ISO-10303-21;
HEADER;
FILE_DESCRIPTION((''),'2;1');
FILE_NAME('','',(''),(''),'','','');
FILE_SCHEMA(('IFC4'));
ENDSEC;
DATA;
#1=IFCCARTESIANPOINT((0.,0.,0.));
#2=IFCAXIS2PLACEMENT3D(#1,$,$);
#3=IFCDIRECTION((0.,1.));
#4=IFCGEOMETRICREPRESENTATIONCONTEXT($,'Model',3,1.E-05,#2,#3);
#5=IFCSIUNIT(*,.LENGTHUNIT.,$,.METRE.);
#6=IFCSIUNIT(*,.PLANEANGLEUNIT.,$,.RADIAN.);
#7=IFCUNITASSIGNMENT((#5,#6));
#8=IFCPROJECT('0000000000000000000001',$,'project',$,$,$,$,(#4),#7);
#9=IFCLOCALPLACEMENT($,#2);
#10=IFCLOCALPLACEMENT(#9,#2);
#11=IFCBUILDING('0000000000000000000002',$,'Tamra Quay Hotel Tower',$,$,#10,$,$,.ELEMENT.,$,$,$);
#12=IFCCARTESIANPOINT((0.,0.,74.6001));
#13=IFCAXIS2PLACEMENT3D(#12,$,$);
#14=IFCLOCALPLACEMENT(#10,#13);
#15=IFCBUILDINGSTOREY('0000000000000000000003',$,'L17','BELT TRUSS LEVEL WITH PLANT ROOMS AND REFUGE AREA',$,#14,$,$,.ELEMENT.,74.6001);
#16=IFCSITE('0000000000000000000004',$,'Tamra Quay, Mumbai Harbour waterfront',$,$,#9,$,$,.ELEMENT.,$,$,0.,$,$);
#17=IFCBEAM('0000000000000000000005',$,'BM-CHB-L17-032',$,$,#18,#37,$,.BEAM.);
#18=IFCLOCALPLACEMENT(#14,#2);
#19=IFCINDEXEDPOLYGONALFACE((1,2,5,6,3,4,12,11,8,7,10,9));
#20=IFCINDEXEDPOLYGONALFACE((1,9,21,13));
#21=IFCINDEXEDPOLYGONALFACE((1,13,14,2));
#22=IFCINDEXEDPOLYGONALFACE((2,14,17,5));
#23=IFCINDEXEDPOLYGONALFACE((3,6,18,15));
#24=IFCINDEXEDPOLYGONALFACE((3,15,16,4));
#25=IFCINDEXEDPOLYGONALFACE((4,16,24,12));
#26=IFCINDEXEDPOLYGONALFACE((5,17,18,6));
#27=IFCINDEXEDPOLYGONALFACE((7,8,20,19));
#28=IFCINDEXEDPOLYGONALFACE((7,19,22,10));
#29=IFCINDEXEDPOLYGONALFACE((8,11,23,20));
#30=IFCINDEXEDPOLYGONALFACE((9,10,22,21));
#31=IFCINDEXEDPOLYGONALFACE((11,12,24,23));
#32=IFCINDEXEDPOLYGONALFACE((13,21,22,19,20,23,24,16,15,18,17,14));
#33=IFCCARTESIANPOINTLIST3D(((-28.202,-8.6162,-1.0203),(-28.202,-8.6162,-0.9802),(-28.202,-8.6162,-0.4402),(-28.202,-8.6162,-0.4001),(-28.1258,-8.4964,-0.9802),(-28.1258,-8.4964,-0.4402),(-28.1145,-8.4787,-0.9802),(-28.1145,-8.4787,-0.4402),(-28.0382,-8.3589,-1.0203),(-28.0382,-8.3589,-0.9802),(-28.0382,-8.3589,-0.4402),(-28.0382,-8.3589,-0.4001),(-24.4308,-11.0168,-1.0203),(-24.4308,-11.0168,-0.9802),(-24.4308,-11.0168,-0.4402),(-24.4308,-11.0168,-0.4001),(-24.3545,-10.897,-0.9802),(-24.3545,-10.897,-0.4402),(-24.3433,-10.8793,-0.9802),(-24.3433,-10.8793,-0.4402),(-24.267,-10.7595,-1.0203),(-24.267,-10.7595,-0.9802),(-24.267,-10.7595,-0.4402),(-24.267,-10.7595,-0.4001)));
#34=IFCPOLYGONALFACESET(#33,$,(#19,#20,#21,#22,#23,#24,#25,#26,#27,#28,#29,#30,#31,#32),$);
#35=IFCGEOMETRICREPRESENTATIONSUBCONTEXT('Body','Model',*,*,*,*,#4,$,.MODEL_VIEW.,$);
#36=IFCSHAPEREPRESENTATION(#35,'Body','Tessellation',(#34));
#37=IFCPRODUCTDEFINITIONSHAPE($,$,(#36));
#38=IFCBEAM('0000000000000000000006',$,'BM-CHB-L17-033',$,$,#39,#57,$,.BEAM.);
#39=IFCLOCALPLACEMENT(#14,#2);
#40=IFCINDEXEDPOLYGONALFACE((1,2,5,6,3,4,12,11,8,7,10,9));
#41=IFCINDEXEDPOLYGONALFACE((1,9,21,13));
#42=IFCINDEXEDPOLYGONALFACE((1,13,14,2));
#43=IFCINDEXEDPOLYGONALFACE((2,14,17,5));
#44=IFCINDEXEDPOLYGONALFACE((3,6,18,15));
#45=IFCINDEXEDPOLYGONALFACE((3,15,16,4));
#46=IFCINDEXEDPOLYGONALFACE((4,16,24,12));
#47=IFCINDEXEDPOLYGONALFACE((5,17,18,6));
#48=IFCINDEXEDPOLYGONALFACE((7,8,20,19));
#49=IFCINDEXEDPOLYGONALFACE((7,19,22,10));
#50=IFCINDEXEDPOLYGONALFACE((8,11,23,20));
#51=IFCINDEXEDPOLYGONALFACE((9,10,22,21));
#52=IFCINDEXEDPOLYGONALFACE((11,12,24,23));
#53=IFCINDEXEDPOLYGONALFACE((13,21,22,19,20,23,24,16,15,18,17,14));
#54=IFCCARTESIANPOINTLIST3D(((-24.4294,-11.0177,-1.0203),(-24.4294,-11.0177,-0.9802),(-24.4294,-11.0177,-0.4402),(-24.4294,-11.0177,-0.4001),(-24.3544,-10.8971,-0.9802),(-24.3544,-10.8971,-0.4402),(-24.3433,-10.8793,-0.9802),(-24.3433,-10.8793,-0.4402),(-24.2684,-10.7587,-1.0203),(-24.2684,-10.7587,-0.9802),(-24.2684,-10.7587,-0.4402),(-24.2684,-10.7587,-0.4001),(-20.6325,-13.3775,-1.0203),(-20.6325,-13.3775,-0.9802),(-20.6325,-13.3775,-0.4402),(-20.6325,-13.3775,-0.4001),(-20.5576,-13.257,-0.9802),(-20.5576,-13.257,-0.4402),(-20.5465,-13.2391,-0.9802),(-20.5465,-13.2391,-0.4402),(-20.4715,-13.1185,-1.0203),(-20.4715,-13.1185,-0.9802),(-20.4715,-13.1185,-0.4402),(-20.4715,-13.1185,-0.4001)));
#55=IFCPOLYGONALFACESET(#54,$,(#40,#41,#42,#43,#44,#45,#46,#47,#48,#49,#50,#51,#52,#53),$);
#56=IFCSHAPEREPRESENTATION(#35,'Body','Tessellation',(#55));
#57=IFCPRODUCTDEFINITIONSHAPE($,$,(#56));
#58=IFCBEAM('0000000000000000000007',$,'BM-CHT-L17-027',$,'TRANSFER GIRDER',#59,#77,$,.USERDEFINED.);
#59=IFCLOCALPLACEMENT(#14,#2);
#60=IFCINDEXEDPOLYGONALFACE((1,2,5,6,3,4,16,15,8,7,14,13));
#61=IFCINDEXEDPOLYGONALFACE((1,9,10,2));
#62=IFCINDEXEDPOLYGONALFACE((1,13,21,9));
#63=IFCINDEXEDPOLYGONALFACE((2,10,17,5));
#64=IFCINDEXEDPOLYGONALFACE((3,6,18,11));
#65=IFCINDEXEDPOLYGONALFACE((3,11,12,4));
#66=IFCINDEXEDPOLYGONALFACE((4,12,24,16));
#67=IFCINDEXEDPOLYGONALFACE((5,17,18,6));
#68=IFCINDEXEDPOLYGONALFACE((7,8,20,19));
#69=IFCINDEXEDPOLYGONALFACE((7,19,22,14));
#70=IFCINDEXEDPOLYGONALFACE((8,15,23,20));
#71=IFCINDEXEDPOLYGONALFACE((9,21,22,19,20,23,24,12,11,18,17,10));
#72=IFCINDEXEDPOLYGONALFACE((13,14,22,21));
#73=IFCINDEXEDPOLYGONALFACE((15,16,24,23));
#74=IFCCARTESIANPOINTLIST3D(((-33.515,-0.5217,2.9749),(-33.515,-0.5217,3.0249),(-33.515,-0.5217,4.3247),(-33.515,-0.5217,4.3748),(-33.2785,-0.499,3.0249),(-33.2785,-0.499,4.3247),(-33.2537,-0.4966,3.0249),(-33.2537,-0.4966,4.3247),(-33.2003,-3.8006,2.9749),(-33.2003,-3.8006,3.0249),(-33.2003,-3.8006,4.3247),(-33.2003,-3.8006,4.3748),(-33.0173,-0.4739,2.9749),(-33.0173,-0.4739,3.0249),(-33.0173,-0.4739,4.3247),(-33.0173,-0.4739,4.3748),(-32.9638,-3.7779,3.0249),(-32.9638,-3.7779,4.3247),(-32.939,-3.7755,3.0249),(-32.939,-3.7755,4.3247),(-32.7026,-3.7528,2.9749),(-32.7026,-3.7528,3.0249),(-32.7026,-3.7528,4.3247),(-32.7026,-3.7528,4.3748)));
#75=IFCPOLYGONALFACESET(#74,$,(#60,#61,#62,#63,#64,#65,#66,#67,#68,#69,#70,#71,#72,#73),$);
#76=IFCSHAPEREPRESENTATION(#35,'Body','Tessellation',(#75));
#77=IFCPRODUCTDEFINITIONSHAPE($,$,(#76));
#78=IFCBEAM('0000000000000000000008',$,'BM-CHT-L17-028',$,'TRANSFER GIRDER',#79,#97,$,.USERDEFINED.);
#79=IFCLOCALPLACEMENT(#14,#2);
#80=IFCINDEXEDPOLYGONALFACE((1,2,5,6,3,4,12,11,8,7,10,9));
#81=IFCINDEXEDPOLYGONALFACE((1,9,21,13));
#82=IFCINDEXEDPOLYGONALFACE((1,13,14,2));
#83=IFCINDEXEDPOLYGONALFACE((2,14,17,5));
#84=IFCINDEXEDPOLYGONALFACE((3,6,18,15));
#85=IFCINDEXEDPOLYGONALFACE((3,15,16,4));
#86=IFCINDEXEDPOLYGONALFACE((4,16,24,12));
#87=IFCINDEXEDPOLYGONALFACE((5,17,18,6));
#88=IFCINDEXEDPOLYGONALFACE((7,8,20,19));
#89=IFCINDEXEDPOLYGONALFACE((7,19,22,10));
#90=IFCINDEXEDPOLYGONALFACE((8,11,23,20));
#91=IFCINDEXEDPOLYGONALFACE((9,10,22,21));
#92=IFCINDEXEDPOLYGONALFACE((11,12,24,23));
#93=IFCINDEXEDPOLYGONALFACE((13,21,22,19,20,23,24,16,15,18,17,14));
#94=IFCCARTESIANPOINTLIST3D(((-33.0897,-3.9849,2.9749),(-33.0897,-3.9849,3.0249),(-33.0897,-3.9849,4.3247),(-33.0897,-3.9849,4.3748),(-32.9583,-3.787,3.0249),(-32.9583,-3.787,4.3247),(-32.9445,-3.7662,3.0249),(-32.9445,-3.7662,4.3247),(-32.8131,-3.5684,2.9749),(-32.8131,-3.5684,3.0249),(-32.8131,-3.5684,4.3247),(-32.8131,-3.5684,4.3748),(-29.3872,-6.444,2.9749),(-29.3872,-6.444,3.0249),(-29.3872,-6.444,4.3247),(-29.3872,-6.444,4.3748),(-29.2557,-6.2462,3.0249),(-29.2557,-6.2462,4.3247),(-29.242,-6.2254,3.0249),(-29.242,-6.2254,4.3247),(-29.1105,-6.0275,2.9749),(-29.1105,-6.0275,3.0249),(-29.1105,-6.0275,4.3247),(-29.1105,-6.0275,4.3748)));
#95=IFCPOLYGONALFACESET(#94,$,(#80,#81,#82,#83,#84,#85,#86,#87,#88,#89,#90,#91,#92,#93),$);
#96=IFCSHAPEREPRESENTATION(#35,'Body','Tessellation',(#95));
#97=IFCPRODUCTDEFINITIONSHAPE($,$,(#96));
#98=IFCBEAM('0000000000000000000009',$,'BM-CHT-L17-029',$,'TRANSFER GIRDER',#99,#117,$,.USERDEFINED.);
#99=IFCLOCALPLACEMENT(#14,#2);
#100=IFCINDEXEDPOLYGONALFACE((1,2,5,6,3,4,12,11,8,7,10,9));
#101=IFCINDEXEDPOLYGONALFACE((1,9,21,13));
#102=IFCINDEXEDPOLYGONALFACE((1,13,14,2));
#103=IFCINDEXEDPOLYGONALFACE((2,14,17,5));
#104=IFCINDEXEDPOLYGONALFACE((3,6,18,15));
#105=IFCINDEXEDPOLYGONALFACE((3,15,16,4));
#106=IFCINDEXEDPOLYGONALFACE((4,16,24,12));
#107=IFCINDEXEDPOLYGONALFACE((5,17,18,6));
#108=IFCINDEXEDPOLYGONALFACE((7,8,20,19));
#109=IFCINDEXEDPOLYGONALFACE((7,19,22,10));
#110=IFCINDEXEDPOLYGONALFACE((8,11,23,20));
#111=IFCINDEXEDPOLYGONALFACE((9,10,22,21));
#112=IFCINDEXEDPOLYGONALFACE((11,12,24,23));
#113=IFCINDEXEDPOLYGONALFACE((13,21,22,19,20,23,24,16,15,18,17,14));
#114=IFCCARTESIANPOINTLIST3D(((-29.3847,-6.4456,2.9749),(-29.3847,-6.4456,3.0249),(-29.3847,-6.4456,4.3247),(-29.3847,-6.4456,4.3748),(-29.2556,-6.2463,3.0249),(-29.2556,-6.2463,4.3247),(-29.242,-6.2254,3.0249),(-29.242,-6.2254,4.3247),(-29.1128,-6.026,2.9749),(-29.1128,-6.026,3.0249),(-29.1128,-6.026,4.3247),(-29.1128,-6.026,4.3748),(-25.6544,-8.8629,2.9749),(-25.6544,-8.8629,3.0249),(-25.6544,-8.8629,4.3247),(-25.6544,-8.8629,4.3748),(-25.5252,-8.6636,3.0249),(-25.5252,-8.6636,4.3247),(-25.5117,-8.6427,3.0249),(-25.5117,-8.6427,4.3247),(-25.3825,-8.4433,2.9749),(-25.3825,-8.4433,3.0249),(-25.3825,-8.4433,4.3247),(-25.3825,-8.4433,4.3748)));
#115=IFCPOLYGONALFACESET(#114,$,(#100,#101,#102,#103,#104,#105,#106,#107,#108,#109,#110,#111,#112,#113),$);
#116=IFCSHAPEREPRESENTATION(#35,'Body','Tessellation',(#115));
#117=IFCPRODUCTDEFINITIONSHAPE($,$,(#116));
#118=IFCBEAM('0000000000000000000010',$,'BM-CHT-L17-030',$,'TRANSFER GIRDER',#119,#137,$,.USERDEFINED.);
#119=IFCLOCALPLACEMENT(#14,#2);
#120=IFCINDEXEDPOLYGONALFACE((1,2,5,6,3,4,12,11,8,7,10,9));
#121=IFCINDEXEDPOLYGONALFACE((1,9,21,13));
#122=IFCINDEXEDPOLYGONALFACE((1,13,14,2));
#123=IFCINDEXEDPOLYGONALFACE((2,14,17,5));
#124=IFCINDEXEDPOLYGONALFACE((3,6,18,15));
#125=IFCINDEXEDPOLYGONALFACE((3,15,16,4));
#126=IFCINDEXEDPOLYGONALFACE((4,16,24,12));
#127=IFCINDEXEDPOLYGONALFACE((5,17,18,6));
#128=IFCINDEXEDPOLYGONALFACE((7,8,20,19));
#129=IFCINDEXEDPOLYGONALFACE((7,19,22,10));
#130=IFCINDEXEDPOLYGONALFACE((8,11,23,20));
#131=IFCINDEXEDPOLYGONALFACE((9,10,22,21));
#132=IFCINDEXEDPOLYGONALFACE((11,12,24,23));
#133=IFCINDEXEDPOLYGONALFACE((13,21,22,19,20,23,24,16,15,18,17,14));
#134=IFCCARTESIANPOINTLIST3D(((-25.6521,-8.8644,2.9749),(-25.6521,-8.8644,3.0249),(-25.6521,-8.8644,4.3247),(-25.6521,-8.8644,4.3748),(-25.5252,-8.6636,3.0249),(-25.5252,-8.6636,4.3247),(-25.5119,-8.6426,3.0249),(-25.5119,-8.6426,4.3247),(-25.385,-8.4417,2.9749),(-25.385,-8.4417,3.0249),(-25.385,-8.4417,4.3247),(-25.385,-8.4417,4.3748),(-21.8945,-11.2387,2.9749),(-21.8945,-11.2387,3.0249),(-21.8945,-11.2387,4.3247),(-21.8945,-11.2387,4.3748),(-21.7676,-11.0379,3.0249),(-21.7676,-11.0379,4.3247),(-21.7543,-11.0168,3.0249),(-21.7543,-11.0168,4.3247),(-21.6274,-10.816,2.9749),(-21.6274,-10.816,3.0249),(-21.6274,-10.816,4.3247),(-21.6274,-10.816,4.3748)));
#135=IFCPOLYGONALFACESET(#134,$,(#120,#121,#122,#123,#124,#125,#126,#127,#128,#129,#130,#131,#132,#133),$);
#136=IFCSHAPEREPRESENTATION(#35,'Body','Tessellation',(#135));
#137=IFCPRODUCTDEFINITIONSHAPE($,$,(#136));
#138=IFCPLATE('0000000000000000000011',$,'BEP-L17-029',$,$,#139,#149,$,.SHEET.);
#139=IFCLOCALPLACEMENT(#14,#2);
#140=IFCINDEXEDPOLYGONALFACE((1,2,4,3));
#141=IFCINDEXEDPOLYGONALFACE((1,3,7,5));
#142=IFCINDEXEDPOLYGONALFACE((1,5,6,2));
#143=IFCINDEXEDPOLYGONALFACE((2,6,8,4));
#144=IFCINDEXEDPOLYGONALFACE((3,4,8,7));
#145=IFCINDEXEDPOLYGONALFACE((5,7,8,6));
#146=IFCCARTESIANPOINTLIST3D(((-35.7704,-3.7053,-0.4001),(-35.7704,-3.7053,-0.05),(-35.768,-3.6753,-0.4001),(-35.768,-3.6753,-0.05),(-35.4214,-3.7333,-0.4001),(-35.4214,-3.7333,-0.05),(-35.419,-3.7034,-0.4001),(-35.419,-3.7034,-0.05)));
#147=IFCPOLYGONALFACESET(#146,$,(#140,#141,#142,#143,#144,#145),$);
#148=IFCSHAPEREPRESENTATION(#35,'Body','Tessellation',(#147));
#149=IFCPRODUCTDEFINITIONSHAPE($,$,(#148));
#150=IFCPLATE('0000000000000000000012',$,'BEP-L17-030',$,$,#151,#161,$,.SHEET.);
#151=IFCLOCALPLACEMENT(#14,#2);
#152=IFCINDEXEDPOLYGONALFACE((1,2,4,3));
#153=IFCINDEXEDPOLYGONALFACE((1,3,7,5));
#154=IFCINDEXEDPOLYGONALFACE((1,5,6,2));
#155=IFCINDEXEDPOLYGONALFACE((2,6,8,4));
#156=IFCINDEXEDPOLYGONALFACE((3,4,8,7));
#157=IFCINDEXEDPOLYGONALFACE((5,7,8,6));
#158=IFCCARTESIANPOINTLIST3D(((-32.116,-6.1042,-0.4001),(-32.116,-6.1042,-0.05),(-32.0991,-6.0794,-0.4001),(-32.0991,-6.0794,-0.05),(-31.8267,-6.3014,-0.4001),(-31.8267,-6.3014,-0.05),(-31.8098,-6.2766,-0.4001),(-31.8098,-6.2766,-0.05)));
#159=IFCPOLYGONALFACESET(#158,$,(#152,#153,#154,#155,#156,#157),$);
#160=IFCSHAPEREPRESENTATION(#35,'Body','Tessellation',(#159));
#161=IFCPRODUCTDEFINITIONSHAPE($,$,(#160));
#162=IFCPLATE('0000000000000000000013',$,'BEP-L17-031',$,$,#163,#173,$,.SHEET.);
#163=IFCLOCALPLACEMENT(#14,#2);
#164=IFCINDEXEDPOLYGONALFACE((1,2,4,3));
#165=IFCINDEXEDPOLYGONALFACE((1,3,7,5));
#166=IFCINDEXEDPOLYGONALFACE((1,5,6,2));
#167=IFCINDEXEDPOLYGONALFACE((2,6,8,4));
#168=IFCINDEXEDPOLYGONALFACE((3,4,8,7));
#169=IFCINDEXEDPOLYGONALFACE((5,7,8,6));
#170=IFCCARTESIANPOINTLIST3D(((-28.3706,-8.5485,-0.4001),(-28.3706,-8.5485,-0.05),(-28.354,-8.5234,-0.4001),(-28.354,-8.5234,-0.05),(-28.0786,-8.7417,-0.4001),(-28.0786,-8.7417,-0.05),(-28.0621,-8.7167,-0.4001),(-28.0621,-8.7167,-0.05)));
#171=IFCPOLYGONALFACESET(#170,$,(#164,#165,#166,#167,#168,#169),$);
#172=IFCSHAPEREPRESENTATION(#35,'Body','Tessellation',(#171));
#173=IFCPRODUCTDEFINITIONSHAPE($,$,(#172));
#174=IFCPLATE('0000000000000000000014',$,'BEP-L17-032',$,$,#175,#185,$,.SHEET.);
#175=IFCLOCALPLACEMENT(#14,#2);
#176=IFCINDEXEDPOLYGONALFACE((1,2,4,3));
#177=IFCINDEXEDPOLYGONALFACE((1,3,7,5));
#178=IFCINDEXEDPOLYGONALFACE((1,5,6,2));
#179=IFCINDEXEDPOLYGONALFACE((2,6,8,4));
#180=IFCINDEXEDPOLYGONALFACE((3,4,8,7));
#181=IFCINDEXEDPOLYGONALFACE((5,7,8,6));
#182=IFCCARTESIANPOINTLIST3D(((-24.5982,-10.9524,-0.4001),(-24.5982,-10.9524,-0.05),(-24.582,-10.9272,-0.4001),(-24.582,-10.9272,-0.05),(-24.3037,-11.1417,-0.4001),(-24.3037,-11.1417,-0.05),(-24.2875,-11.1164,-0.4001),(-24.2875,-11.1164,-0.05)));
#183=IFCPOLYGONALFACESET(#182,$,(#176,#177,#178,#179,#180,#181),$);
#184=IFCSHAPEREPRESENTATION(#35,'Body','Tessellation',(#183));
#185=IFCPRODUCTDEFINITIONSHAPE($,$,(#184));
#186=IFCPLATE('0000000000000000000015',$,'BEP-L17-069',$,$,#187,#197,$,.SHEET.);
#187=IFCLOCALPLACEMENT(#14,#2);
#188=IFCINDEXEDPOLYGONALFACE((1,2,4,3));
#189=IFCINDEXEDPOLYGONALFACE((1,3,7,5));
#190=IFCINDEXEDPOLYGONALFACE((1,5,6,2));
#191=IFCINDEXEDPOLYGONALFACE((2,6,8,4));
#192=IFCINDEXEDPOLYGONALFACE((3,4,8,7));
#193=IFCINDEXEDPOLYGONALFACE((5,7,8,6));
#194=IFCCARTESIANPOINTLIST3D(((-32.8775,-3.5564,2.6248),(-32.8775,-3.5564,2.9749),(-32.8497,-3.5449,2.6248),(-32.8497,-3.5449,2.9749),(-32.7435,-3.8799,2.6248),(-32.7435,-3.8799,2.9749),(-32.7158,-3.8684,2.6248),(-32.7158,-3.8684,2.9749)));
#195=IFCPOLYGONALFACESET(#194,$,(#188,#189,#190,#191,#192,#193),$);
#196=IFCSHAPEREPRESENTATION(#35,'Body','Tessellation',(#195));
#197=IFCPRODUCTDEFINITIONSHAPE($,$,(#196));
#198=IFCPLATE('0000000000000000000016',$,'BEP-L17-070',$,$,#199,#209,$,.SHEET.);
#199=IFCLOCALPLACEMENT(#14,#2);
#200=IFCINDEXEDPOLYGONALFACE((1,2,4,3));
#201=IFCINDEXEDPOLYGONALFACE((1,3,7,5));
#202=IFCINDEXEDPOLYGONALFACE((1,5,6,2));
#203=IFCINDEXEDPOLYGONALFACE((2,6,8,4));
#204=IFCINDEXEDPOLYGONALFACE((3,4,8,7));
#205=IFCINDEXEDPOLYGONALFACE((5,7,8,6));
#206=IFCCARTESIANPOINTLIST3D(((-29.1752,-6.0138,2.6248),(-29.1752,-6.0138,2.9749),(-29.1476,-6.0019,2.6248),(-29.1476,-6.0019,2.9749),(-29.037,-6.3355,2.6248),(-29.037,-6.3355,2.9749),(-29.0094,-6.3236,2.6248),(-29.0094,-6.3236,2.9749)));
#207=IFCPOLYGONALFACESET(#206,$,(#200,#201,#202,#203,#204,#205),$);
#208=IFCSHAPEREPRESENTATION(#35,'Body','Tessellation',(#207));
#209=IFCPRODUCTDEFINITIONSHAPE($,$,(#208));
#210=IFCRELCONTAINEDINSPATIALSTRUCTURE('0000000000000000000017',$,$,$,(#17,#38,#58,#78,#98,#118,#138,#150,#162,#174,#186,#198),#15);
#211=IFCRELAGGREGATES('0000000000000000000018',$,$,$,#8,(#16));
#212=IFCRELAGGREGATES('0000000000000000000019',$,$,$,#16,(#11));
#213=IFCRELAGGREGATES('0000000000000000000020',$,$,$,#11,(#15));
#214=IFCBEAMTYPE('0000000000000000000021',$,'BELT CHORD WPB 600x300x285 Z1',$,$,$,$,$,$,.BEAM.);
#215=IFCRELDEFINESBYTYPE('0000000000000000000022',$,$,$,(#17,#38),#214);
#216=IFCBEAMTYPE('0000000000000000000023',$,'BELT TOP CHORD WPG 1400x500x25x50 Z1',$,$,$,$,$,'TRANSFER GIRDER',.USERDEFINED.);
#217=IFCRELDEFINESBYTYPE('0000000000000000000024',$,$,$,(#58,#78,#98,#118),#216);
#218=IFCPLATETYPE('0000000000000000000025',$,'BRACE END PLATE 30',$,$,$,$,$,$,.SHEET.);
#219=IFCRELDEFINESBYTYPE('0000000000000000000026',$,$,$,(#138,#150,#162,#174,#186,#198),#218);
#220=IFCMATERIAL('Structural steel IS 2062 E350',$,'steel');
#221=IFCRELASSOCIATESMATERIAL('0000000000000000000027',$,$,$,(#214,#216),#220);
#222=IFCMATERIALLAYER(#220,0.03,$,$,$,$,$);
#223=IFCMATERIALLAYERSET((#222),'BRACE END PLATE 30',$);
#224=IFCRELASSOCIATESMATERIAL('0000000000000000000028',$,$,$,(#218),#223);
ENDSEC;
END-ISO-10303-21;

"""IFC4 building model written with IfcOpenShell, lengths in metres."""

from ifc_helpers import new_model, si_unit, direction, frame, origin, origin_2d, place, context, subcontext, project, spatial, rectangle, i_section, extrude, material, layer, layer_set, material_profile, profile_set, type_object, element, save


model = new_model("IFC4")

# Units and contexts
model_context = context("Model", 3, precision=1e-05, world=origin(), true_north=direction((0.0, 1.0)))
body_context = subcontext(model_context, "Body", "Model", "MODEL_VIEW")
ifc_project = project(units=[si_unit("LENGTHUNIT", "METRE"), si_unit("PLANEANGLEUNIT", "RADIAN")], contexts=[model_context])

# Site, building, storey
site_placement = place(None, origin())
site = spatial("IfcSite", under=ifc_project, at=site_placement, Name="Tamra Quay, Mumbai Harbour waterfront", CompositionType="ELEMENT", RefElevation=0.0)
building_placement = place(site_placement, origin())
building = spatial("IfcBuilding", under=site, at=building_placement, Name="Tamra Quay Hotel Tower", CompositionType="ELEMENT")
storey_placement = place(building_placement, frame((0.0, 0.0, 74.6001)))
storey = spatial("IfcBuildingStorey", under=building, at=storey_placement, Name="L17", Description="BELT TRUSS LEVEL WITH PLANT ROOMS AND REFUGE AREA", CompositionType="ELEMENT", Elevation=74.6001)

# Shared definitions
ifc_material_1 = material(Name="Structural steel IS 2062 E350", Category="steel")

# Beams
ifc_material_profile_1 = material_profile(ifc_material_1, i_section(OverallWidth=0.3049, OverallDepth=0.6201, WebThickness=0.021, FlangeThickness=0.04, at=origin_2d()), Name="WPB 600x300x285")
ifc_profile_set_1 = profile_set([ifc_material_profile_1], Name="Structural steel IS 2062 E350")
beam_type_1 = type_object("IfcBeamType", Name="BELT CHORD WPB 600x300x285 Z1", PredefinedType="BEAM", material=ifc_profile_set_1)
for number, where, z_axis, x_axis, name in (
    (1, (-28.1201, -8.4875, -0.7102), (0.843585, -0.536996, 0.0), (0.536996, 0.843585, 0.0), "BM-CHB-L17-032"),
    (2, (-24.3489, -10.8882, -0.7102), (0.849321, -0.527877, 0.0), (0.527877, 0.849321, 0.0), "BM-CHB-L17-033"),
):
    element("IfcBeam", number, at=place(storey_placement, frame(where, z_axis=z_axis, x_axis=x_axis)), inside=storey, type_object=beam_type_1, Name=name, PredefinedType="BEAM", context=body_context, shape_type="SweptSolid", body=[
        extrude(i_section(OverallWidth=0.3049, OverallDepth=0.6201, WebThickness=0.021, FlangeThickness=0.04, at=origin_2d()), origin(), (0.0, 0.0, 1.0), 4.4705),
    ])
ifc_material_profile_2 = material_profile(ifc_material_1, i_section(OverallWidth=0.5, OverallDepth=1.3999, WebThickness=0.0249, FlangeThickness=0.05, at=origin_2d()), Name="WPG 1400x500x25x50")
ifc_profile_set_2 = profile_set([ifc_material_profile_2], Name="Structural steel IS 2062 E350")
beam_type_2 = type_object("IfcBeamType", Name="BELT TOP CHORD WPG 1400x500x25x50 Z1", ElementType="TRANSFER GIRDER", PredefinedType="USERDEFINED", material=ifc_profile_set_2)
beam_1_placement = place(storey_placement, frame((-33.2661, -0.4978, 3.6748), z_axis=(0.09554, -0.995426, 0.0), x_axis=(0.995426, 0.09554, 0.0)))
element("IfcBeam", 3, at=beam_1_placement, inside=storey, type_object=beam_type_2, Name="BM-CHT-L17-027", ObjectType="TRANSFER GIRDER", PredefinedType="USERDEFINED", context=body_context, shape_type="SweptSolid", body=[
    extrude(i_section(OverallWidth=0.5, OverallDepth=1.3999, WebThickness=0.0249, FlangeThickness=0.05, at=origin_2d()), origin(), (0.0, 0.0, 1.0), 3.2939),
])
beam_2_placement = place(storey_placement, frame((-32.9514, -3.7766, 3.6748), z_axis=(0.833004, -0.553267, 0.0), x_axis=(0.553267, 0.833004, 0.0)))
element("IfcBeam", 4, at=beam_2_placement, inside=storey, type_object=beam_type_2, Name="BM-CHT-L17-028", ObjectType="TRANSFER GIRDER", PredefinedType="USERDEFINED", context=body_context, shape_type="SweptSolid", body=[
    extrude(i_section(OverallWidth=0.5, OverallDepth=1.3999, WebThickness=0.0249, FlangeThickness=0.05, at=origin_2d()), origin(), (0.0, 0.0, 1.0), 4.4448),
])
beam_3_placement = place(storey_placement, frame((-29.2488, -6.2358, 3.6748), z_axis=(0.839205, -0.543816, 0.0), x_axis=(0.543816, 0.839205, 0.0)))
element("IfcBeam", 5, at=beam_3_placement, inside=storey, type_object=beam_type_2, Name="BM-CHT-L17-029", ObjectType="TRANSFER GIRDER", PredefinedType="USERDEFINED", context=body_context, shape_type="SweptSolid", body=[
    extrude(i_section(OverallWidth=0.5, OverallDepth=1.3999, WebThickness=0.0249, FlangeThickness=0.05, at=origin_2d()), origin(), (0.0, 0.0, 1.0), 4.4451),
])
beam_4_placement = place(storey_placement, frame((-25.5186, -8.6531, 3.6748), z_axis=(0.845381, -0.534165, 0.0), x_axis=(0.534165, 0.845381, 0.0)))
element("IfcBeam", 6, at=beam_4_placement, inside=storey, type_object=beam_type_2, Name="BM-CHT-L17-030", ObjectType="TRANSFER GIRDER", PredefinedType="USERDEFINED", context=body_context, shape_type="SweptSolid", body=[
    extrude(i_section(OverallWidth=0.5, OverallDepth=1.3999, WebThickness=0.0249, FlangeThickness=0.05, at=origin_2d()), origin(), (0.0, 0.0, 1.0), 4.4448),
])

# Plates
ifc_layer_1 = layer(ifc_material_1, 0.03)
ifc_layer_set_1 = layer_set([ifc_layer_1], Name="BRACE END PLATE 30")
plate_type = type_object("IfcPlateType", Name="BRACE END PLATE 30", PredefinedType="SHEET", material=ifc_layer_set_1)
for number, where, z_axis, x_axis, name in (
    (7, (-35.5947, -3.7043, -0.4001), (0.0, 0.0, 1.0), (0.080175, 0.996781, 0.0), "BEP-L17-029"),
    (8, (-31.9629, -6.1904, -0.4001), (0.0, 0.0, 1.0), (0.56322, 0.826307, 0.0), "BEP-L17-030"),
    (9, (-28.2163, -8.6326, -0.4001), (0.0, 0.0, 1.0), (0.552053, 0.833809, 0.0), "BEP-L17-031"),
    (10, (-24.4429, -11.0344, -0.4001), (0.0, 0.0, 1.0), (0.540634, 0.841258, 0.0), "BEP-L17-032"),
    (11, (-32.7966, -3.7124, 2.6248), (0.0, 0.0, 1.0), (0.92393, 0.382562, 0.0), "BEP-L17-069"),
    (12, (-29.0923, -6.1687, 2.6248), (0.0, 0.0, 1.0), (0.91885, 0.394606, 0.0), "BEP-L17-070"),
):
    element("IfcPlate", number, at=place(storey_placement, frame(where, z_axis=z_axis, x_axis=x_axis)), inside=storey, type_object=plate_type, Name=name, PredefinedType="SHEET", context=body_context, shape_type="SweptSolid", body=[
        extrude(rectangle(XDim=0.03, YDim=0.3501, at=origin_2d()), origin(), (0.0, 0.0, 1.0), 0.3501),
    ])

save(model, "model.ifc")
